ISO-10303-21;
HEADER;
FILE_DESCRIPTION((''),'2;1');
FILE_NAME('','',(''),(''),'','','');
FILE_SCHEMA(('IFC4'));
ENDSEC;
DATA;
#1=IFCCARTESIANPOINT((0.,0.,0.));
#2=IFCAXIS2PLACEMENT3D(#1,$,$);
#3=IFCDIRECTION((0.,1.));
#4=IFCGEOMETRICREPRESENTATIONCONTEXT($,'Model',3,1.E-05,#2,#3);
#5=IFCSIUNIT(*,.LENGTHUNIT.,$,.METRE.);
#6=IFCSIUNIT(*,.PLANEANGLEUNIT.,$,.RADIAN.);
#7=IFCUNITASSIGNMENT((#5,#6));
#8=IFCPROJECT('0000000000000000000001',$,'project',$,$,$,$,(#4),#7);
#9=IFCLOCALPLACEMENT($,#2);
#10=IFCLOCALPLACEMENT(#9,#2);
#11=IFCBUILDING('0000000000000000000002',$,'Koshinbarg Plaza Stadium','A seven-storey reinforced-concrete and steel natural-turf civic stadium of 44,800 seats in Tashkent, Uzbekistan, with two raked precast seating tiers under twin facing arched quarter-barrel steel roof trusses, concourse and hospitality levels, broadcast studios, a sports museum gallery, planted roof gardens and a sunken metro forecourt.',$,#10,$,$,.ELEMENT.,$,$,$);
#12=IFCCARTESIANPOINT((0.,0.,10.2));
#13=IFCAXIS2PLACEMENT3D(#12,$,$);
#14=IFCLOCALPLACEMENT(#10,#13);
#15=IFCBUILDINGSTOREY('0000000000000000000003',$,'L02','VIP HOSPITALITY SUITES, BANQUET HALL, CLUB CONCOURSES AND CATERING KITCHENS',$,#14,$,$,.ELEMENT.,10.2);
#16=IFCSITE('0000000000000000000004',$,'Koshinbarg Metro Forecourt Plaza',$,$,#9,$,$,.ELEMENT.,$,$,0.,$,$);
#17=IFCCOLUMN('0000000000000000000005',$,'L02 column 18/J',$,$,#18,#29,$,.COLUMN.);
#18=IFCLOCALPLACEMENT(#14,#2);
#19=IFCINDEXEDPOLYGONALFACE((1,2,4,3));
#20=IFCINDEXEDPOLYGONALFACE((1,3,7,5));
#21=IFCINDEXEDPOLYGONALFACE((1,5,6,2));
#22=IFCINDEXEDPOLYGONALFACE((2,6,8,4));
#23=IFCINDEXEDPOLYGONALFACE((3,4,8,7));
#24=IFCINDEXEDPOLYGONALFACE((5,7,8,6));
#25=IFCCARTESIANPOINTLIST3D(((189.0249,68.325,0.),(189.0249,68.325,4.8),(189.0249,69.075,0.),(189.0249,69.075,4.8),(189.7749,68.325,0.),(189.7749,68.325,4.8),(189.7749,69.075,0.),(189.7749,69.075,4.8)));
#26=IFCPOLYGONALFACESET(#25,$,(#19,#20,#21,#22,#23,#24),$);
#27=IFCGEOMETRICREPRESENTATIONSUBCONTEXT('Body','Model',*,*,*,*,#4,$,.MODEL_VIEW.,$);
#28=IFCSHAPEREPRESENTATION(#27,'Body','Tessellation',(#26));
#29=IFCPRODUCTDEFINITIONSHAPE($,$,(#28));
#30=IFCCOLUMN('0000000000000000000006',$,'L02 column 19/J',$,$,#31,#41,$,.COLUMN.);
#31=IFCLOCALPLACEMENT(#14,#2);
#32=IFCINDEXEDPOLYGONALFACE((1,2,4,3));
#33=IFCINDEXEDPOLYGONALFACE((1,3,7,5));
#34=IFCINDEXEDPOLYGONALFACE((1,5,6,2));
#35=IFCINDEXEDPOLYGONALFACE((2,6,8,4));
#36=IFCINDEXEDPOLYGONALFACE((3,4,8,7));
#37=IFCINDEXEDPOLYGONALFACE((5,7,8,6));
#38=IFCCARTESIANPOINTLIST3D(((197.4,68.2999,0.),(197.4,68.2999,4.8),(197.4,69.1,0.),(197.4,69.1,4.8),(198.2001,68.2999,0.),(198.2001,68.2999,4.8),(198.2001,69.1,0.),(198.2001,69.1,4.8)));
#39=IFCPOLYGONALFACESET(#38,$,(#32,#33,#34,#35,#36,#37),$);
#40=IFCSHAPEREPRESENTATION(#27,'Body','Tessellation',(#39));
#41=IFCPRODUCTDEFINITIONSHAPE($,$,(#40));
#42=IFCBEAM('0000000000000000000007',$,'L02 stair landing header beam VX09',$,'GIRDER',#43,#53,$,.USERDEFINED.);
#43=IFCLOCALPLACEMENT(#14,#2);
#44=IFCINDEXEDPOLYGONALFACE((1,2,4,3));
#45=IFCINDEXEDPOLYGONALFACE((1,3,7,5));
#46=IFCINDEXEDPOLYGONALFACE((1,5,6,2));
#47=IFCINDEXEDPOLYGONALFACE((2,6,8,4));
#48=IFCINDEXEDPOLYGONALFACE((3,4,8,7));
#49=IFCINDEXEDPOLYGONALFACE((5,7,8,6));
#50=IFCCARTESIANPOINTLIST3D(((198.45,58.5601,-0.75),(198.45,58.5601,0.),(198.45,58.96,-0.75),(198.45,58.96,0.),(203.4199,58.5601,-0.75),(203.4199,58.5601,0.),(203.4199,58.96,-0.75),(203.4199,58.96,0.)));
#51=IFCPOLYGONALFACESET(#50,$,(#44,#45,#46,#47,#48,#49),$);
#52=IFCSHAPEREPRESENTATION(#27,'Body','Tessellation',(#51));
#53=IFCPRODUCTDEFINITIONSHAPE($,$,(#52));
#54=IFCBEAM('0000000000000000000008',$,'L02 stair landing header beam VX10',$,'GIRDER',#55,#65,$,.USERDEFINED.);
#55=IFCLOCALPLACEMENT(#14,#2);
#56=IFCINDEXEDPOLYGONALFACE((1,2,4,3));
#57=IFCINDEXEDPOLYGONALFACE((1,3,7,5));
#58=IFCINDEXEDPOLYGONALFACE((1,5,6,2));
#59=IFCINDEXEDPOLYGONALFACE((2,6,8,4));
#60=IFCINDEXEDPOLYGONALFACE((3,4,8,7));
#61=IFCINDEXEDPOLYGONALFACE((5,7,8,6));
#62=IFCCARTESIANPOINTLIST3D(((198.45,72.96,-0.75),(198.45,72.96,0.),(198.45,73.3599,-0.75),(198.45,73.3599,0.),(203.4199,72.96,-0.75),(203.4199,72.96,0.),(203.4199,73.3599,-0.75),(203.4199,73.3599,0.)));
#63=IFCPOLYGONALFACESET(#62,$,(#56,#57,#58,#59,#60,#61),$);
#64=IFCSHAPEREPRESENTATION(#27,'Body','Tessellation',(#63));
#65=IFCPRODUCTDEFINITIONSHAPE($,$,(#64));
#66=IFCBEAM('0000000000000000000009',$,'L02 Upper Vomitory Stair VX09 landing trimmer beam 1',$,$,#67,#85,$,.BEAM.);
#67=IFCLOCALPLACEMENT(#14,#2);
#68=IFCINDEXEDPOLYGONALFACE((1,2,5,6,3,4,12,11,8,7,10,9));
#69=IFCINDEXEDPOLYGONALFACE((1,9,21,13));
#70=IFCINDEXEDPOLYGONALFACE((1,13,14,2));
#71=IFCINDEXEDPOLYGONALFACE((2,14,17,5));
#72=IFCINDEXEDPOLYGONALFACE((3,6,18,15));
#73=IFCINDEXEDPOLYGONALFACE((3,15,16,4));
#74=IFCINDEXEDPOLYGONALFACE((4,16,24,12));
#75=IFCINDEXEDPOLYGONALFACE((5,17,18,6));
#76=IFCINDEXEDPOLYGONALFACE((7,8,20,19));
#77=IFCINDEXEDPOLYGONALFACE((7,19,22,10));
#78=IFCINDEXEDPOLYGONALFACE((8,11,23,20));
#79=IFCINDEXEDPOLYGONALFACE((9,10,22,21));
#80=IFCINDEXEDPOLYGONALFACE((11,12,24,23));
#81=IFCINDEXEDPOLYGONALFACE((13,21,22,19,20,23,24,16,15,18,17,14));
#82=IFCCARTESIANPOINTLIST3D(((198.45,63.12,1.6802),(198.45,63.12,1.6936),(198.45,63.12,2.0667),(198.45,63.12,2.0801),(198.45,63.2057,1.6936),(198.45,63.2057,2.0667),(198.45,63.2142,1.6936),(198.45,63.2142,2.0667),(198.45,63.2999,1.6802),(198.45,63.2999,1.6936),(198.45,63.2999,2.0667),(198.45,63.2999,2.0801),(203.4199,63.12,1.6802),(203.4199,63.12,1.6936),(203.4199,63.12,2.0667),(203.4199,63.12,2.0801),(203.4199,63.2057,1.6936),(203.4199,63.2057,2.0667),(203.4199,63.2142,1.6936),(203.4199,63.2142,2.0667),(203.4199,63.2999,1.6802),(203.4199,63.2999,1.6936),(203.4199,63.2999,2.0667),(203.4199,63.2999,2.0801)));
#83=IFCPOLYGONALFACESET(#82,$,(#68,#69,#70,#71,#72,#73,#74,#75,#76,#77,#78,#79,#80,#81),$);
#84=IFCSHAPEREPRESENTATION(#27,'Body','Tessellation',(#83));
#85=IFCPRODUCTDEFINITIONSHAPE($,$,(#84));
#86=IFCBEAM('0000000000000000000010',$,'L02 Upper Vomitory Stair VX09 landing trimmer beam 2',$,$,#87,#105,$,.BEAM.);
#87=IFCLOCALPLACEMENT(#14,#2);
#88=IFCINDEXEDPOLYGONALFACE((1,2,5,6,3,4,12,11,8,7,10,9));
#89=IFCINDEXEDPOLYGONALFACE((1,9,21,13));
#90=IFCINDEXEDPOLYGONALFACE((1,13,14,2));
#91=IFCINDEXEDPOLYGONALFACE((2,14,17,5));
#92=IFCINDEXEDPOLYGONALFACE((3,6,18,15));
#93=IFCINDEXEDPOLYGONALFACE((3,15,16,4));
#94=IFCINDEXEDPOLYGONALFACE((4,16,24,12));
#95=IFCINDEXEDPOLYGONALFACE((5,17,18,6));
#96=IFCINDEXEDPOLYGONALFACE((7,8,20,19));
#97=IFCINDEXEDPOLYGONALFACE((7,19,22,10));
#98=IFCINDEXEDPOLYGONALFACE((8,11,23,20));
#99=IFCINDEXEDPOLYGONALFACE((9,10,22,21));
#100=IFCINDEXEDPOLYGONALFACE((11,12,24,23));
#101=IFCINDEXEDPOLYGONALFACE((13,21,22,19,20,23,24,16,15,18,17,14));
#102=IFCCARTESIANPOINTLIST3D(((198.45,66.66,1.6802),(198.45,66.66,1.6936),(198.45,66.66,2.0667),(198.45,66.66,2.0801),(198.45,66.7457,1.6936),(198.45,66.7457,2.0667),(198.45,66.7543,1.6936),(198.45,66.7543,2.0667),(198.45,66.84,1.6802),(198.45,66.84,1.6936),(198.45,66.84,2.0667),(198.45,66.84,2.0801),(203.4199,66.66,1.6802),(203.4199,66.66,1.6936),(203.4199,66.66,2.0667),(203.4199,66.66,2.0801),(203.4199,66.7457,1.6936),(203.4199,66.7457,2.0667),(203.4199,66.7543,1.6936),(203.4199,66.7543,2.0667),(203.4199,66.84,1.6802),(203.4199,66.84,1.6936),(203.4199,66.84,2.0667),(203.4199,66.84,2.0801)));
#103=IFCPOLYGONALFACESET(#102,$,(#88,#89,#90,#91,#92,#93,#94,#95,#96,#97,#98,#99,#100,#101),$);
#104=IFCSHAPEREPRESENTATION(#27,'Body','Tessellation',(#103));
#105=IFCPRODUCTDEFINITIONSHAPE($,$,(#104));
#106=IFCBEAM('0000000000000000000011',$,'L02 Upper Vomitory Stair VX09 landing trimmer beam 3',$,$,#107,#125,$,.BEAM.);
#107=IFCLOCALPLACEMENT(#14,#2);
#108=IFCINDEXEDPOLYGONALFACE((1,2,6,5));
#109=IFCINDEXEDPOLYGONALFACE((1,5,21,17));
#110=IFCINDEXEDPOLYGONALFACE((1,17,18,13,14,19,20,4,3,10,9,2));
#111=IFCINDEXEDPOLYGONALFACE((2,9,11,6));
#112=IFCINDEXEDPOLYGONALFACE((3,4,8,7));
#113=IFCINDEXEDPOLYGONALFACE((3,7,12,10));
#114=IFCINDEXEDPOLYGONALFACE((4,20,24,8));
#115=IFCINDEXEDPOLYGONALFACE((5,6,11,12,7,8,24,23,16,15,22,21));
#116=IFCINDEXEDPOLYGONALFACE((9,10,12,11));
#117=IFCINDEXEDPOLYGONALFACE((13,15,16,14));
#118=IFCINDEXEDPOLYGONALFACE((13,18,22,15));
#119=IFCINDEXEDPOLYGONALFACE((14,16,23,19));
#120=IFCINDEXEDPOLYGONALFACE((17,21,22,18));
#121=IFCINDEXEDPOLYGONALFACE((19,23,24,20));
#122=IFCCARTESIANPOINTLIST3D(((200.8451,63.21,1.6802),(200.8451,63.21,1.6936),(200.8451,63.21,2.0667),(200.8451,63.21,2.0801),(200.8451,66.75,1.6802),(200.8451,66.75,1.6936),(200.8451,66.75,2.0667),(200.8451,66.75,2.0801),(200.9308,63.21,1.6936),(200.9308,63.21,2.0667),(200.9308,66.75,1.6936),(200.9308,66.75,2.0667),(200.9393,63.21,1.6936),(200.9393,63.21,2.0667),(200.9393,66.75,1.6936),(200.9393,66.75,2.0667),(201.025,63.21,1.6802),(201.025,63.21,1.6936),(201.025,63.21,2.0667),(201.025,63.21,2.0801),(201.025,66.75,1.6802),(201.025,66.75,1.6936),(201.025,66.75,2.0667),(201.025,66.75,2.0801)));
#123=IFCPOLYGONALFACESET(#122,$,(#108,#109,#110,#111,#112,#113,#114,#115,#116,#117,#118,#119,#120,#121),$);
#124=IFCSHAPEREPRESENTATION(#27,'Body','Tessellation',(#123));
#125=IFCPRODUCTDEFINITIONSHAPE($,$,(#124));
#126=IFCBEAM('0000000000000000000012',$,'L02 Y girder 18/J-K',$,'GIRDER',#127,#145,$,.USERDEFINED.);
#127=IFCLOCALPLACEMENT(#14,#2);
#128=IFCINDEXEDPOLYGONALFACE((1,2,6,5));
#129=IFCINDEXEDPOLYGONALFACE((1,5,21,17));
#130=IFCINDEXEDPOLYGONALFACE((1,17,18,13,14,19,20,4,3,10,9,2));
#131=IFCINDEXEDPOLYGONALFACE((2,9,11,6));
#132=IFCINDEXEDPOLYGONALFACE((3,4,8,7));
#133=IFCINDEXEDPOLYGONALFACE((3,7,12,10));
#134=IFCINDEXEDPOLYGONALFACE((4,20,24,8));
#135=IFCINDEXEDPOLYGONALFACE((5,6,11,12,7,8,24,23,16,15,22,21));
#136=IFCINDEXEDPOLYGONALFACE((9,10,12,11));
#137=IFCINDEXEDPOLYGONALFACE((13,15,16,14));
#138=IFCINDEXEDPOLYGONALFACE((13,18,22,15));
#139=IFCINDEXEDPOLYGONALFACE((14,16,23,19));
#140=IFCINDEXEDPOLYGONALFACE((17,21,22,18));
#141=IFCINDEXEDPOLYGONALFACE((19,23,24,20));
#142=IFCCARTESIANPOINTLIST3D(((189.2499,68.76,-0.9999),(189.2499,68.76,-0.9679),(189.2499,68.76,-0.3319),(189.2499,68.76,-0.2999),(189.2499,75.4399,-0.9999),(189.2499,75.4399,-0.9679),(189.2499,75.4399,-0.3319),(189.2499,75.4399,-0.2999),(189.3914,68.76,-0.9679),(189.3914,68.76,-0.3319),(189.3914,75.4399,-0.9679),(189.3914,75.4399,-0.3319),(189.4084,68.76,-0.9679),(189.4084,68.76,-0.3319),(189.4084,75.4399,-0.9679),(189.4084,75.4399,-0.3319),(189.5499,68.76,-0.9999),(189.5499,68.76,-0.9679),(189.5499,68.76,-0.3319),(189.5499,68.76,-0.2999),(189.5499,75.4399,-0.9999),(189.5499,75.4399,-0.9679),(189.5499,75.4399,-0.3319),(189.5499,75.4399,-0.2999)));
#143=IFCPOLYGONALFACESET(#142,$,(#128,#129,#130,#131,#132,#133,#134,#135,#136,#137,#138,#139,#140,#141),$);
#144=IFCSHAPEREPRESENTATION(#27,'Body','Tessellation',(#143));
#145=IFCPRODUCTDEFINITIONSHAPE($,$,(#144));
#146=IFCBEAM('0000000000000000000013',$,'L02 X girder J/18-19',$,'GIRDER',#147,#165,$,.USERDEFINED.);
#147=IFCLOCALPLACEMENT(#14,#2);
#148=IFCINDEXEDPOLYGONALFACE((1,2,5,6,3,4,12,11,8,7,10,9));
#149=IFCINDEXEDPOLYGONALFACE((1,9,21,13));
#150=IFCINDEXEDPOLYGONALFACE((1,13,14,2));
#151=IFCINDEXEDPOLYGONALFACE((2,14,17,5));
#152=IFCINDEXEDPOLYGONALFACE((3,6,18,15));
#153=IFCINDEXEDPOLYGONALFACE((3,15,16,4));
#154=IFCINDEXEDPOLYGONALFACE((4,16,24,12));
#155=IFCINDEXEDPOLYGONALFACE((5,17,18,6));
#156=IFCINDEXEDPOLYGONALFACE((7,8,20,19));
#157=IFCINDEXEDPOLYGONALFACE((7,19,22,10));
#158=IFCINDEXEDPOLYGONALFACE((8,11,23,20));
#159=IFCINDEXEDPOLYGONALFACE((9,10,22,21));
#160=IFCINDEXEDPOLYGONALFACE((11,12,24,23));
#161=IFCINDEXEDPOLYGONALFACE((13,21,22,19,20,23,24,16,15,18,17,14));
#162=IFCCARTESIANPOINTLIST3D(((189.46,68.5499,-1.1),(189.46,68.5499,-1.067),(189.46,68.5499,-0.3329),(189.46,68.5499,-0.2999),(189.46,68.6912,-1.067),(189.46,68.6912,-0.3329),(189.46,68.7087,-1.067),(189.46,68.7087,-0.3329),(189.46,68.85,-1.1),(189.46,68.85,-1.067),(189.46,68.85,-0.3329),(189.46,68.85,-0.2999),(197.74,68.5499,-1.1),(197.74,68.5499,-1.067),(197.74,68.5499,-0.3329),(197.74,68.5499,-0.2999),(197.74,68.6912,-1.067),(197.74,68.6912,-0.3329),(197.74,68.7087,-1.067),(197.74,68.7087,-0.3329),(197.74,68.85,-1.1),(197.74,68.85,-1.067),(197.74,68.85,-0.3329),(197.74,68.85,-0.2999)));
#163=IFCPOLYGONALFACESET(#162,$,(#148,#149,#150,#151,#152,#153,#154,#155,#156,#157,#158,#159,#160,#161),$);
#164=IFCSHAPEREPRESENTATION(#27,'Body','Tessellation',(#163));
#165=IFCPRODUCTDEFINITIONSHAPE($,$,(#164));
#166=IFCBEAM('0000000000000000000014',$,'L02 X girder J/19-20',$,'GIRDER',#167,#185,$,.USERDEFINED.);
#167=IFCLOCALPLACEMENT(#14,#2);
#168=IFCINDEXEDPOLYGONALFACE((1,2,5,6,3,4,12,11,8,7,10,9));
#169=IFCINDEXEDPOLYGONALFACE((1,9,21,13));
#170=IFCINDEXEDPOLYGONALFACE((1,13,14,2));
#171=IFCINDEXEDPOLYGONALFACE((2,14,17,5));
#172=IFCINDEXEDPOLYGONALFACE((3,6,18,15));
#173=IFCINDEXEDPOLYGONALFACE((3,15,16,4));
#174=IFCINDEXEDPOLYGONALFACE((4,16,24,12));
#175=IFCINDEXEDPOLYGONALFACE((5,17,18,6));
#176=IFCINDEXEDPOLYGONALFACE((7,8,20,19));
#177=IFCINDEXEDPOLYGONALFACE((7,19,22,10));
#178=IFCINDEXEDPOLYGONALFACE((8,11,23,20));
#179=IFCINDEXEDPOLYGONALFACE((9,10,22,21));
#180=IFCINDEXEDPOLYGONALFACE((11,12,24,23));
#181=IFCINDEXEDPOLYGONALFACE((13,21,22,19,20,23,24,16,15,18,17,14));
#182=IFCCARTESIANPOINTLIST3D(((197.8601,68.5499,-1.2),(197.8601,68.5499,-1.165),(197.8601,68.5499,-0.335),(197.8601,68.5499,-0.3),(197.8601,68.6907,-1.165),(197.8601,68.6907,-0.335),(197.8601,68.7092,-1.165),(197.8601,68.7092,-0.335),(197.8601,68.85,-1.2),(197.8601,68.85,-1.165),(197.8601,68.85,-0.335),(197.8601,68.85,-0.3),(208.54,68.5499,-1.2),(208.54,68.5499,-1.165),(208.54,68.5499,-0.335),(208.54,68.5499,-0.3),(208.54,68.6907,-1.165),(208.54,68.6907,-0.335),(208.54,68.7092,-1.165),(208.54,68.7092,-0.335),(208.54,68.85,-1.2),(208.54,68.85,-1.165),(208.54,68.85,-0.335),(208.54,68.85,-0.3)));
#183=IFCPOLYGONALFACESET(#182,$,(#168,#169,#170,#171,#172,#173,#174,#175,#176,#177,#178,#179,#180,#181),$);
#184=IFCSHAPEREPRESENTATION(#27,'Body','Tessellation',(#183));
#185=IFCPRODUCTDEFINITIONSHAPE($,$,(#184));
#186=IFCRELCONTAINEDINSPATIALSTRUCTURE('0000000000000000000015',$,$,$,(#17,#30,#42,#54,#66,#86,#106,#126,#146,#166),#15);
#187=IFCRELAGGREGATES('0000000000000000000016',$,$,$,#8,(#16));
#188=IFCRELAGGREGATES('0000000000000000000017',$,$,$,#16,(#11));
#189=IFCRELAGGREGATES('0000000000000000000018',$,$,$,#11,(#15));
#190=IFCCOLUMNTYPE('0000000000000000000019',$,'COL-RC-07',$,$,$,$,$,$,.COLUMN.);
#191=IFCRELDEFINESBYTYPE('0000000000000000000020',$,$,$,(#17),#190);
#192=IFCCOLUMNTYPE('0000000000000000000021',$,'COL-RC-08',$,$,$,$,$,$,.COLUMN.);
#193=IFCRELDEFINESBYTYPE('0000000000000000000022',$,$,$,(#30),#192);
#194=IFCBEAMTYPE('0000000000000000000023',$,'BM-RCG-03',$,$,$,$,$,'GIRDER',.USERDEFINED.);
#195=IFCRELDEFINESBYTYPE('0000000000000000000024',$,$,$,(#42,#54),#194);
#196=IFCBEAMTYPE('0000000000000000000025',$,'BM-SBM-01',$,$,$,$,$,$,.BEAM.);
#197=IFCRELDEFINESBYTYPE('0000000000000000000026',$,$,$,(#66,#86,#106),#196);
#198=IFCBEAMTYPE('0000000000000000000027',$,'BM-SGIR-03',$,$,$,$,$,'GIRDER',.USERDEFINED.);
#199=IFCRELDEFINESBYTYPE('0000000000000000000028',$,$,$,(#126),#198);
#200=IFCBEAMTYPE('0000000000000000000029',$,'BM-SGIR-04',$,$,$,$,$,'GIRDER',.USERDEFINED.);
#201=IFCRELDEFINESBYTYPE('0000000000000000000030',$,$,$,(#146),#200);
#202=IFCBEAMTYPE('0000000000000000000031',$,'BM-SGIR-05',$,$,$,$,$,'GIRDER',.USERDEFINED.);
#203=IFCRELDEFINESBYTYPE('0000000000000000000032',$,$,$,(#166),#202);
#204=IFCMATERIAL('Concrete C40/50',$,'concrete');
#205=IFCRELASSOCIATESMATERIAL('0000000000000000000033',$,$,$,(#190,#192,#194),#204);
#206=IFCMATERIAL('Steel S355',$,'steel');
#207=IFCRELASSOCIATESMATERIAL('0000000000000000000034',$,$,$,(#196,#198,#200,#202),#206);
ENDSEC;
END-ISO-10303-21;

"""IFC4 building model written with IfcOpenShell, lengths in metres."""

from ifc_helpers import new_model, si_unit, direction, frame, origin, origin_2d, place, context, subcontext, project, spatial, rectangle, i_section, extrude, material, material_profile, profile_set, type_object, element, save


model = new_model("IFC4")

# Units and contexts
model_context = context("Model", 3, precision=1e-05, world=origin(), true_north=direction((0.0, 1.0)))
body_context = subcontext(model_context, "Body", "Model", "MODEL_VIEW")
ifc_project = project(units=[si_unit("LENGTHUNIT", "METRE"), si_unit("PLANEANGLEUNIT", "RADIAN")], contexts=[model_context])

# Site, building, storey
site_placement = place(None, origin())
site = spatial("IfcSite", under=ifc_project, at=site_placement, Name="Koshinbarg Metro Forecourt Plaza", CompositionType="ELEMENT", RefElevation=0.0)
building_placement = place(site_placement, origin())
building = spatial("IfcBuilding", under=site, at=building_placement, Name="Koshinbarg Plaza Stadium", Description="A seven-storey reinforced-concrete and steel natural-turf civic stadium of 44,800 seats in Tashkent, Uzbekistan, with two raked precast seating tiers under twin facing arched quarter-barrel steel roof trusses, concourse and hospitality levels, broadcast studios, a sports museum gallery, planted roof gardens and a sunken metro forecourt.", CompositionType="ELEMENT")
storey_placement = place(building_placement, frame((0.0, 0.0, 10.2)))
storey = spatial("IfcBuildingStorey", under=building, at=storey_placement, Name="L02", Description="VIP HOSPITALITY SUITES, BANQUET HALL, CLUB CONCOURSES AND CATERING KITCHENS", CompositionType="ELEMENT", Elevation=10.2)

# Columns
ifc_material_1 = material(Name="Concrete C40/50", Category="concrete")
ifc_material_profile_1 = material_profile(ifc_material_1, rectangle(XDim=0.75, YDim=0.75, at=origin_2d()), Name="RC 750x750")
ifc_profile_set_1 = profile_set([ifc_material_profile_1], Name="Concrete C40/50")
column_type_1 = type_object("IfcColumnType", Name="COL-RC-07", PredefinedType="COLUMN", material=ifc_profile_set_1)
column_1_placement = place(storey_placement, frame((189.3999, 68.7, 0.0), z_axis=(0.0, 0.0, 1.0), x_axis=(1.0, 0.0, 0.0)))
element("IfcColumn", 1, at=column_1_placement, inside=storey, type_object=column_type_1, Name="L02 column 18/J", PredefinedType="COLUMN", context=body_context, shape_type="SweptSolid", body=[
    extrude(rectangle(XDim=0.75, YDim=0.75, at=origin_2d()), origin(), (0.0, 0.0, 1.0), 4.8),
])
ifc_material_profile_2 = material_profile(ifc_material_1, rectangle(XDim=0.8, YDim=0.8, at=origin_2d()), Name="RC 800x800")
ifc_profile_set_2 = profile_set([ifc_material_profile_2], Name="Concrete C40/50")
column_type_2 = type_object("IfcColumnType", Name="COL-RC-08", PredefinedType="COLUMN", material=ifc_profile_set_2)
column_2_placement = place(storey_placement, frame((197.8, 68.7, 0.0), z_axis=(0.0, 0.0, 1.0), x_axis=(1.0, 0.0, 0.0)))
element("IfcColumn", 2, at=column_2_placement, inside=storey, type_object=column_type_2, Name="L02 column 19/J", PredefinedType="COLUMN", context=body_context, shape_type="SweptSolid", body=[
    extrude(rectangle(XDim=0.8, YDim=0.8, at=origin_2d()), origin(), (0.0, 0.0, 1.0), 4.8),
])

# Beams
ifc_material_profile_3 = material_profile(ifc_material_1, rectangle(XDim=0.3999, YDim=0.75, at=origin_2d()), Name="RC 400x750")
ifc_profile_set_3 = profile_set([ifc_material_profile_3], Name="Concrete C40/50")
beam_type_1 = type_object("IfcBeamType", Name="BM-RCG-03", ElementType="GIRDER", PredefinedType="USERDEFINED", material=ifc_profile_set_3)
for number, where, z_axis, x_axis, name in (
    (3, (198.45, 58.76, -0.375), (1.0, 0.0, 0.0), (0.0, 1.0, 0.0), "L02 stair landing header beam VX09"),
    (4, (198.45, 73.1599, -0.375), (1.0, 0.0, 0.0), (0.0, 1.0, 0.0), "L02 stair landing header beam VX10"),
):
    element("IfcBeam", number, at=place(storey_placement, frame(where, z_axis=z_axis, x_axis=x_axis)), inside=storey, type_object=beam_type_1, Name=name, ObjectType="GIRDER", PredefinedType="USERDEFINED", context=body_context, shape_type="SweptSolid", body=[
        extrude(rectangle(XDim=0.3999, YDim=0.75, at=origin_2d()), origin(), (0.0, 0.0, 1.0), 4.97),
    ])
ifc_material_2 = material(Name="Steel S355", Category="steel")
ifc_material_profile_4 = material_profile(ifc_material_2, i_section(OverallWidth=0.1799, OverallDepth=0.3999, WebThickness=0.0085, FlangeThickness=0.0134, at=origin_2d()), Name="IPE 400")
ifc_profile_set_4 = profile_set([ifc_material_profile_4], Name="Steel S355")
beam_type_2 = type_object("IfcBeamType", Name="BM-SBM-01", PredefinedType="BEAM", material=ifc_profile_set_4)
for number, where, z_axis, x_axis, name in (
    (5, (198.45, 63.21, 1.8801), (1.0, 0.0, 0.0), (0.0, 1.0, 0.0), "L02 Upper Vomitory Stair VX09 landing trimmer beam 1"),
    (6, (198.45, 66.75, 1.8801), (1.0, 0.0, 0.0), (0.0, 1.0, 0.0), "L02 Upper Vomitory Stair VX09 landing trimmer beam 2"),
):
    element("IfcBeam", number, at=place(storey_placement, frame(where, z_axis=z_axis, x_axis=x_axis)), inside=storey, type_object=beam_type_2, Name=name, PredefinedType="BEAM", context=body_context, shape_type="SweptSolid", body=[
        extrude(i_section(OverallWidth=0.1799, OverallDepth=0.3999, WebThickness=0.0085, FlangeThickness=0.0134, at=origin_2d()), origin(), (0.0, 0.0, 1.0), 4.97),
    ])
beam_1_placement = place(storey_placement, frame((200.9351, 63.21, 1.8801), z_axis=(0.0, 1.0, 0.0), x_axis=(-1.0, 0.0, 0.0)))
element("IfcBeam", 7, at=beam_1_placement, inside=storey, type_object=beam_type_2, Name="L02 Upper Vomitory Stair VX09 landing trimmer beam 3", PredefinedType="BEAM", context=body_context, shape_type="SweptSolid", body=[
    extrude(i_section(OverallWidth=0.1799, OverallDepth=0.3999, WebThickness=0.0085, FlangeThickness=0.0134, at=origin_2d()), origin(), (0.0, 0.0, 1.0), 3.54),
])
ifc_material_profile_5 = material_profile(ifc_material_2, i_section(OverallWidth=0.3, OverallDepth=0.7, WebThickness=0.0171, FlangeThickness=0.032, at=origin_2d()), Name="HEB 700")
ifc_profile_set_5 = profile_set([ifc_material_profile_5], Name="Steel S355")
beam_type_3 = type_object("IfcBeamType", Name="BM-SGIR-03", ElementType="GIRDER", PredefinedType="USERDEFINED", material=ifc_profile_set_5)
beam_2_placement = place(storey_placement, frame((189.3999, 68.76, -0.6499), z_axis=(0.0, 1.0, 0.0), x_axis=(-1.0, 0.0, 0.0)))
element("IfcBeam", 8, at=beam_2_placement, inside=storey, type_object=beam_type_3, Name="L02 Y girder 18/J-K", ObjectType="GIRDER", PredefinedType="USERDEFINED", context=body_context, shape_type="SweptSolid", body=[
    extrude(i_section(OverallWidth=0.3, OverallDepth=0.7, WebThickness=0.0171, FlangeThickness=0.032, at=origin_2d()), origin(), (0.0, 0.0, 1.0), 6.6799),
])
ifc_material_profile_6 = material_profile(ifc_material_2, i_section(OverallWidth=0.3, OverallDepth=0.8, WebThickness=0.0176, FlangeThickness=0.033, at=origin_2d()), Name="HEB 800")
ifc_profile_set_6 = profile_set([ifc_material_profile_6], Name="Steel S355")
beam_type_4 = type_object("IfcBeamType", Name="BM-SGIR-04", ElementType="GIRDER", PredefinedType="USERDEFINED", material=ifc_profile_set_6)
beam_3_placement = place(storey_placement, frame((189.46, 68.7, -0.7), z_axis=(1.0, 0.0, 0.0), x_axis=(0.0, 1.0, 0.0)))
element("IfcBeam", 9, at=beam_3_placement, inside=storey, type_object=beam_type_4, Name="L02 X girder J/18-19", ObjectType="GIRDER", PredefinedType="USERDEFINED", context=body_context, shape_type="SweptSolid", body=[
    extrude(i_section(OverallWidth=0.3, OverallDepth=0.8, WebThickness=0.0176, FlangeThickness=0.033, at=origin_2d()), origin(), (0.0, 0.0, 1.0), 8.28),
])
ifc_material_profile_7 = material_profile(ifc_material_2, i_section(OverallWidth=0.3, OverallDepth=0.8999, WebThickness=0.0186, FlangeThickness=0.0349, at=origin_2d()), Name="HEB 900")
ifc_profile_set_7 = profile_set([ifc_material_profile_7], Name="Steel S355")
beam_type_5 = type_object("IfcBeamType", Name="BM-SGIR-05", ElementType="GIRDER", PredefinedType="USERDEFINED", material=ifc_profile_set_7)
beam_4_placement = place(storey_placement, frame((197.8601, 68.7, -0.75), z_axis=(1.0, 0.0, 0.0), x_axis=(0.0, 1.0, 0.0)))
element("IfcBeam", 10, at=beam_4_placement, inside=storey, type_object=beam_type_5, Name="L02 X girder J/19-20", ObjectType="GIRDER", PredefinedType="USERDEFINED", context=body_context, shape_type="SweptSolid", body=[
    extrude(i_section(OverallWidth=0.3, OverallDepth=0.8999, WebThickness=0.0186, FlangeThickness=0.0349, at=origin_2d()), origin(), (0.0, 0.0, 1.0), 10.6799),
])

save(model, "model.ifc")
